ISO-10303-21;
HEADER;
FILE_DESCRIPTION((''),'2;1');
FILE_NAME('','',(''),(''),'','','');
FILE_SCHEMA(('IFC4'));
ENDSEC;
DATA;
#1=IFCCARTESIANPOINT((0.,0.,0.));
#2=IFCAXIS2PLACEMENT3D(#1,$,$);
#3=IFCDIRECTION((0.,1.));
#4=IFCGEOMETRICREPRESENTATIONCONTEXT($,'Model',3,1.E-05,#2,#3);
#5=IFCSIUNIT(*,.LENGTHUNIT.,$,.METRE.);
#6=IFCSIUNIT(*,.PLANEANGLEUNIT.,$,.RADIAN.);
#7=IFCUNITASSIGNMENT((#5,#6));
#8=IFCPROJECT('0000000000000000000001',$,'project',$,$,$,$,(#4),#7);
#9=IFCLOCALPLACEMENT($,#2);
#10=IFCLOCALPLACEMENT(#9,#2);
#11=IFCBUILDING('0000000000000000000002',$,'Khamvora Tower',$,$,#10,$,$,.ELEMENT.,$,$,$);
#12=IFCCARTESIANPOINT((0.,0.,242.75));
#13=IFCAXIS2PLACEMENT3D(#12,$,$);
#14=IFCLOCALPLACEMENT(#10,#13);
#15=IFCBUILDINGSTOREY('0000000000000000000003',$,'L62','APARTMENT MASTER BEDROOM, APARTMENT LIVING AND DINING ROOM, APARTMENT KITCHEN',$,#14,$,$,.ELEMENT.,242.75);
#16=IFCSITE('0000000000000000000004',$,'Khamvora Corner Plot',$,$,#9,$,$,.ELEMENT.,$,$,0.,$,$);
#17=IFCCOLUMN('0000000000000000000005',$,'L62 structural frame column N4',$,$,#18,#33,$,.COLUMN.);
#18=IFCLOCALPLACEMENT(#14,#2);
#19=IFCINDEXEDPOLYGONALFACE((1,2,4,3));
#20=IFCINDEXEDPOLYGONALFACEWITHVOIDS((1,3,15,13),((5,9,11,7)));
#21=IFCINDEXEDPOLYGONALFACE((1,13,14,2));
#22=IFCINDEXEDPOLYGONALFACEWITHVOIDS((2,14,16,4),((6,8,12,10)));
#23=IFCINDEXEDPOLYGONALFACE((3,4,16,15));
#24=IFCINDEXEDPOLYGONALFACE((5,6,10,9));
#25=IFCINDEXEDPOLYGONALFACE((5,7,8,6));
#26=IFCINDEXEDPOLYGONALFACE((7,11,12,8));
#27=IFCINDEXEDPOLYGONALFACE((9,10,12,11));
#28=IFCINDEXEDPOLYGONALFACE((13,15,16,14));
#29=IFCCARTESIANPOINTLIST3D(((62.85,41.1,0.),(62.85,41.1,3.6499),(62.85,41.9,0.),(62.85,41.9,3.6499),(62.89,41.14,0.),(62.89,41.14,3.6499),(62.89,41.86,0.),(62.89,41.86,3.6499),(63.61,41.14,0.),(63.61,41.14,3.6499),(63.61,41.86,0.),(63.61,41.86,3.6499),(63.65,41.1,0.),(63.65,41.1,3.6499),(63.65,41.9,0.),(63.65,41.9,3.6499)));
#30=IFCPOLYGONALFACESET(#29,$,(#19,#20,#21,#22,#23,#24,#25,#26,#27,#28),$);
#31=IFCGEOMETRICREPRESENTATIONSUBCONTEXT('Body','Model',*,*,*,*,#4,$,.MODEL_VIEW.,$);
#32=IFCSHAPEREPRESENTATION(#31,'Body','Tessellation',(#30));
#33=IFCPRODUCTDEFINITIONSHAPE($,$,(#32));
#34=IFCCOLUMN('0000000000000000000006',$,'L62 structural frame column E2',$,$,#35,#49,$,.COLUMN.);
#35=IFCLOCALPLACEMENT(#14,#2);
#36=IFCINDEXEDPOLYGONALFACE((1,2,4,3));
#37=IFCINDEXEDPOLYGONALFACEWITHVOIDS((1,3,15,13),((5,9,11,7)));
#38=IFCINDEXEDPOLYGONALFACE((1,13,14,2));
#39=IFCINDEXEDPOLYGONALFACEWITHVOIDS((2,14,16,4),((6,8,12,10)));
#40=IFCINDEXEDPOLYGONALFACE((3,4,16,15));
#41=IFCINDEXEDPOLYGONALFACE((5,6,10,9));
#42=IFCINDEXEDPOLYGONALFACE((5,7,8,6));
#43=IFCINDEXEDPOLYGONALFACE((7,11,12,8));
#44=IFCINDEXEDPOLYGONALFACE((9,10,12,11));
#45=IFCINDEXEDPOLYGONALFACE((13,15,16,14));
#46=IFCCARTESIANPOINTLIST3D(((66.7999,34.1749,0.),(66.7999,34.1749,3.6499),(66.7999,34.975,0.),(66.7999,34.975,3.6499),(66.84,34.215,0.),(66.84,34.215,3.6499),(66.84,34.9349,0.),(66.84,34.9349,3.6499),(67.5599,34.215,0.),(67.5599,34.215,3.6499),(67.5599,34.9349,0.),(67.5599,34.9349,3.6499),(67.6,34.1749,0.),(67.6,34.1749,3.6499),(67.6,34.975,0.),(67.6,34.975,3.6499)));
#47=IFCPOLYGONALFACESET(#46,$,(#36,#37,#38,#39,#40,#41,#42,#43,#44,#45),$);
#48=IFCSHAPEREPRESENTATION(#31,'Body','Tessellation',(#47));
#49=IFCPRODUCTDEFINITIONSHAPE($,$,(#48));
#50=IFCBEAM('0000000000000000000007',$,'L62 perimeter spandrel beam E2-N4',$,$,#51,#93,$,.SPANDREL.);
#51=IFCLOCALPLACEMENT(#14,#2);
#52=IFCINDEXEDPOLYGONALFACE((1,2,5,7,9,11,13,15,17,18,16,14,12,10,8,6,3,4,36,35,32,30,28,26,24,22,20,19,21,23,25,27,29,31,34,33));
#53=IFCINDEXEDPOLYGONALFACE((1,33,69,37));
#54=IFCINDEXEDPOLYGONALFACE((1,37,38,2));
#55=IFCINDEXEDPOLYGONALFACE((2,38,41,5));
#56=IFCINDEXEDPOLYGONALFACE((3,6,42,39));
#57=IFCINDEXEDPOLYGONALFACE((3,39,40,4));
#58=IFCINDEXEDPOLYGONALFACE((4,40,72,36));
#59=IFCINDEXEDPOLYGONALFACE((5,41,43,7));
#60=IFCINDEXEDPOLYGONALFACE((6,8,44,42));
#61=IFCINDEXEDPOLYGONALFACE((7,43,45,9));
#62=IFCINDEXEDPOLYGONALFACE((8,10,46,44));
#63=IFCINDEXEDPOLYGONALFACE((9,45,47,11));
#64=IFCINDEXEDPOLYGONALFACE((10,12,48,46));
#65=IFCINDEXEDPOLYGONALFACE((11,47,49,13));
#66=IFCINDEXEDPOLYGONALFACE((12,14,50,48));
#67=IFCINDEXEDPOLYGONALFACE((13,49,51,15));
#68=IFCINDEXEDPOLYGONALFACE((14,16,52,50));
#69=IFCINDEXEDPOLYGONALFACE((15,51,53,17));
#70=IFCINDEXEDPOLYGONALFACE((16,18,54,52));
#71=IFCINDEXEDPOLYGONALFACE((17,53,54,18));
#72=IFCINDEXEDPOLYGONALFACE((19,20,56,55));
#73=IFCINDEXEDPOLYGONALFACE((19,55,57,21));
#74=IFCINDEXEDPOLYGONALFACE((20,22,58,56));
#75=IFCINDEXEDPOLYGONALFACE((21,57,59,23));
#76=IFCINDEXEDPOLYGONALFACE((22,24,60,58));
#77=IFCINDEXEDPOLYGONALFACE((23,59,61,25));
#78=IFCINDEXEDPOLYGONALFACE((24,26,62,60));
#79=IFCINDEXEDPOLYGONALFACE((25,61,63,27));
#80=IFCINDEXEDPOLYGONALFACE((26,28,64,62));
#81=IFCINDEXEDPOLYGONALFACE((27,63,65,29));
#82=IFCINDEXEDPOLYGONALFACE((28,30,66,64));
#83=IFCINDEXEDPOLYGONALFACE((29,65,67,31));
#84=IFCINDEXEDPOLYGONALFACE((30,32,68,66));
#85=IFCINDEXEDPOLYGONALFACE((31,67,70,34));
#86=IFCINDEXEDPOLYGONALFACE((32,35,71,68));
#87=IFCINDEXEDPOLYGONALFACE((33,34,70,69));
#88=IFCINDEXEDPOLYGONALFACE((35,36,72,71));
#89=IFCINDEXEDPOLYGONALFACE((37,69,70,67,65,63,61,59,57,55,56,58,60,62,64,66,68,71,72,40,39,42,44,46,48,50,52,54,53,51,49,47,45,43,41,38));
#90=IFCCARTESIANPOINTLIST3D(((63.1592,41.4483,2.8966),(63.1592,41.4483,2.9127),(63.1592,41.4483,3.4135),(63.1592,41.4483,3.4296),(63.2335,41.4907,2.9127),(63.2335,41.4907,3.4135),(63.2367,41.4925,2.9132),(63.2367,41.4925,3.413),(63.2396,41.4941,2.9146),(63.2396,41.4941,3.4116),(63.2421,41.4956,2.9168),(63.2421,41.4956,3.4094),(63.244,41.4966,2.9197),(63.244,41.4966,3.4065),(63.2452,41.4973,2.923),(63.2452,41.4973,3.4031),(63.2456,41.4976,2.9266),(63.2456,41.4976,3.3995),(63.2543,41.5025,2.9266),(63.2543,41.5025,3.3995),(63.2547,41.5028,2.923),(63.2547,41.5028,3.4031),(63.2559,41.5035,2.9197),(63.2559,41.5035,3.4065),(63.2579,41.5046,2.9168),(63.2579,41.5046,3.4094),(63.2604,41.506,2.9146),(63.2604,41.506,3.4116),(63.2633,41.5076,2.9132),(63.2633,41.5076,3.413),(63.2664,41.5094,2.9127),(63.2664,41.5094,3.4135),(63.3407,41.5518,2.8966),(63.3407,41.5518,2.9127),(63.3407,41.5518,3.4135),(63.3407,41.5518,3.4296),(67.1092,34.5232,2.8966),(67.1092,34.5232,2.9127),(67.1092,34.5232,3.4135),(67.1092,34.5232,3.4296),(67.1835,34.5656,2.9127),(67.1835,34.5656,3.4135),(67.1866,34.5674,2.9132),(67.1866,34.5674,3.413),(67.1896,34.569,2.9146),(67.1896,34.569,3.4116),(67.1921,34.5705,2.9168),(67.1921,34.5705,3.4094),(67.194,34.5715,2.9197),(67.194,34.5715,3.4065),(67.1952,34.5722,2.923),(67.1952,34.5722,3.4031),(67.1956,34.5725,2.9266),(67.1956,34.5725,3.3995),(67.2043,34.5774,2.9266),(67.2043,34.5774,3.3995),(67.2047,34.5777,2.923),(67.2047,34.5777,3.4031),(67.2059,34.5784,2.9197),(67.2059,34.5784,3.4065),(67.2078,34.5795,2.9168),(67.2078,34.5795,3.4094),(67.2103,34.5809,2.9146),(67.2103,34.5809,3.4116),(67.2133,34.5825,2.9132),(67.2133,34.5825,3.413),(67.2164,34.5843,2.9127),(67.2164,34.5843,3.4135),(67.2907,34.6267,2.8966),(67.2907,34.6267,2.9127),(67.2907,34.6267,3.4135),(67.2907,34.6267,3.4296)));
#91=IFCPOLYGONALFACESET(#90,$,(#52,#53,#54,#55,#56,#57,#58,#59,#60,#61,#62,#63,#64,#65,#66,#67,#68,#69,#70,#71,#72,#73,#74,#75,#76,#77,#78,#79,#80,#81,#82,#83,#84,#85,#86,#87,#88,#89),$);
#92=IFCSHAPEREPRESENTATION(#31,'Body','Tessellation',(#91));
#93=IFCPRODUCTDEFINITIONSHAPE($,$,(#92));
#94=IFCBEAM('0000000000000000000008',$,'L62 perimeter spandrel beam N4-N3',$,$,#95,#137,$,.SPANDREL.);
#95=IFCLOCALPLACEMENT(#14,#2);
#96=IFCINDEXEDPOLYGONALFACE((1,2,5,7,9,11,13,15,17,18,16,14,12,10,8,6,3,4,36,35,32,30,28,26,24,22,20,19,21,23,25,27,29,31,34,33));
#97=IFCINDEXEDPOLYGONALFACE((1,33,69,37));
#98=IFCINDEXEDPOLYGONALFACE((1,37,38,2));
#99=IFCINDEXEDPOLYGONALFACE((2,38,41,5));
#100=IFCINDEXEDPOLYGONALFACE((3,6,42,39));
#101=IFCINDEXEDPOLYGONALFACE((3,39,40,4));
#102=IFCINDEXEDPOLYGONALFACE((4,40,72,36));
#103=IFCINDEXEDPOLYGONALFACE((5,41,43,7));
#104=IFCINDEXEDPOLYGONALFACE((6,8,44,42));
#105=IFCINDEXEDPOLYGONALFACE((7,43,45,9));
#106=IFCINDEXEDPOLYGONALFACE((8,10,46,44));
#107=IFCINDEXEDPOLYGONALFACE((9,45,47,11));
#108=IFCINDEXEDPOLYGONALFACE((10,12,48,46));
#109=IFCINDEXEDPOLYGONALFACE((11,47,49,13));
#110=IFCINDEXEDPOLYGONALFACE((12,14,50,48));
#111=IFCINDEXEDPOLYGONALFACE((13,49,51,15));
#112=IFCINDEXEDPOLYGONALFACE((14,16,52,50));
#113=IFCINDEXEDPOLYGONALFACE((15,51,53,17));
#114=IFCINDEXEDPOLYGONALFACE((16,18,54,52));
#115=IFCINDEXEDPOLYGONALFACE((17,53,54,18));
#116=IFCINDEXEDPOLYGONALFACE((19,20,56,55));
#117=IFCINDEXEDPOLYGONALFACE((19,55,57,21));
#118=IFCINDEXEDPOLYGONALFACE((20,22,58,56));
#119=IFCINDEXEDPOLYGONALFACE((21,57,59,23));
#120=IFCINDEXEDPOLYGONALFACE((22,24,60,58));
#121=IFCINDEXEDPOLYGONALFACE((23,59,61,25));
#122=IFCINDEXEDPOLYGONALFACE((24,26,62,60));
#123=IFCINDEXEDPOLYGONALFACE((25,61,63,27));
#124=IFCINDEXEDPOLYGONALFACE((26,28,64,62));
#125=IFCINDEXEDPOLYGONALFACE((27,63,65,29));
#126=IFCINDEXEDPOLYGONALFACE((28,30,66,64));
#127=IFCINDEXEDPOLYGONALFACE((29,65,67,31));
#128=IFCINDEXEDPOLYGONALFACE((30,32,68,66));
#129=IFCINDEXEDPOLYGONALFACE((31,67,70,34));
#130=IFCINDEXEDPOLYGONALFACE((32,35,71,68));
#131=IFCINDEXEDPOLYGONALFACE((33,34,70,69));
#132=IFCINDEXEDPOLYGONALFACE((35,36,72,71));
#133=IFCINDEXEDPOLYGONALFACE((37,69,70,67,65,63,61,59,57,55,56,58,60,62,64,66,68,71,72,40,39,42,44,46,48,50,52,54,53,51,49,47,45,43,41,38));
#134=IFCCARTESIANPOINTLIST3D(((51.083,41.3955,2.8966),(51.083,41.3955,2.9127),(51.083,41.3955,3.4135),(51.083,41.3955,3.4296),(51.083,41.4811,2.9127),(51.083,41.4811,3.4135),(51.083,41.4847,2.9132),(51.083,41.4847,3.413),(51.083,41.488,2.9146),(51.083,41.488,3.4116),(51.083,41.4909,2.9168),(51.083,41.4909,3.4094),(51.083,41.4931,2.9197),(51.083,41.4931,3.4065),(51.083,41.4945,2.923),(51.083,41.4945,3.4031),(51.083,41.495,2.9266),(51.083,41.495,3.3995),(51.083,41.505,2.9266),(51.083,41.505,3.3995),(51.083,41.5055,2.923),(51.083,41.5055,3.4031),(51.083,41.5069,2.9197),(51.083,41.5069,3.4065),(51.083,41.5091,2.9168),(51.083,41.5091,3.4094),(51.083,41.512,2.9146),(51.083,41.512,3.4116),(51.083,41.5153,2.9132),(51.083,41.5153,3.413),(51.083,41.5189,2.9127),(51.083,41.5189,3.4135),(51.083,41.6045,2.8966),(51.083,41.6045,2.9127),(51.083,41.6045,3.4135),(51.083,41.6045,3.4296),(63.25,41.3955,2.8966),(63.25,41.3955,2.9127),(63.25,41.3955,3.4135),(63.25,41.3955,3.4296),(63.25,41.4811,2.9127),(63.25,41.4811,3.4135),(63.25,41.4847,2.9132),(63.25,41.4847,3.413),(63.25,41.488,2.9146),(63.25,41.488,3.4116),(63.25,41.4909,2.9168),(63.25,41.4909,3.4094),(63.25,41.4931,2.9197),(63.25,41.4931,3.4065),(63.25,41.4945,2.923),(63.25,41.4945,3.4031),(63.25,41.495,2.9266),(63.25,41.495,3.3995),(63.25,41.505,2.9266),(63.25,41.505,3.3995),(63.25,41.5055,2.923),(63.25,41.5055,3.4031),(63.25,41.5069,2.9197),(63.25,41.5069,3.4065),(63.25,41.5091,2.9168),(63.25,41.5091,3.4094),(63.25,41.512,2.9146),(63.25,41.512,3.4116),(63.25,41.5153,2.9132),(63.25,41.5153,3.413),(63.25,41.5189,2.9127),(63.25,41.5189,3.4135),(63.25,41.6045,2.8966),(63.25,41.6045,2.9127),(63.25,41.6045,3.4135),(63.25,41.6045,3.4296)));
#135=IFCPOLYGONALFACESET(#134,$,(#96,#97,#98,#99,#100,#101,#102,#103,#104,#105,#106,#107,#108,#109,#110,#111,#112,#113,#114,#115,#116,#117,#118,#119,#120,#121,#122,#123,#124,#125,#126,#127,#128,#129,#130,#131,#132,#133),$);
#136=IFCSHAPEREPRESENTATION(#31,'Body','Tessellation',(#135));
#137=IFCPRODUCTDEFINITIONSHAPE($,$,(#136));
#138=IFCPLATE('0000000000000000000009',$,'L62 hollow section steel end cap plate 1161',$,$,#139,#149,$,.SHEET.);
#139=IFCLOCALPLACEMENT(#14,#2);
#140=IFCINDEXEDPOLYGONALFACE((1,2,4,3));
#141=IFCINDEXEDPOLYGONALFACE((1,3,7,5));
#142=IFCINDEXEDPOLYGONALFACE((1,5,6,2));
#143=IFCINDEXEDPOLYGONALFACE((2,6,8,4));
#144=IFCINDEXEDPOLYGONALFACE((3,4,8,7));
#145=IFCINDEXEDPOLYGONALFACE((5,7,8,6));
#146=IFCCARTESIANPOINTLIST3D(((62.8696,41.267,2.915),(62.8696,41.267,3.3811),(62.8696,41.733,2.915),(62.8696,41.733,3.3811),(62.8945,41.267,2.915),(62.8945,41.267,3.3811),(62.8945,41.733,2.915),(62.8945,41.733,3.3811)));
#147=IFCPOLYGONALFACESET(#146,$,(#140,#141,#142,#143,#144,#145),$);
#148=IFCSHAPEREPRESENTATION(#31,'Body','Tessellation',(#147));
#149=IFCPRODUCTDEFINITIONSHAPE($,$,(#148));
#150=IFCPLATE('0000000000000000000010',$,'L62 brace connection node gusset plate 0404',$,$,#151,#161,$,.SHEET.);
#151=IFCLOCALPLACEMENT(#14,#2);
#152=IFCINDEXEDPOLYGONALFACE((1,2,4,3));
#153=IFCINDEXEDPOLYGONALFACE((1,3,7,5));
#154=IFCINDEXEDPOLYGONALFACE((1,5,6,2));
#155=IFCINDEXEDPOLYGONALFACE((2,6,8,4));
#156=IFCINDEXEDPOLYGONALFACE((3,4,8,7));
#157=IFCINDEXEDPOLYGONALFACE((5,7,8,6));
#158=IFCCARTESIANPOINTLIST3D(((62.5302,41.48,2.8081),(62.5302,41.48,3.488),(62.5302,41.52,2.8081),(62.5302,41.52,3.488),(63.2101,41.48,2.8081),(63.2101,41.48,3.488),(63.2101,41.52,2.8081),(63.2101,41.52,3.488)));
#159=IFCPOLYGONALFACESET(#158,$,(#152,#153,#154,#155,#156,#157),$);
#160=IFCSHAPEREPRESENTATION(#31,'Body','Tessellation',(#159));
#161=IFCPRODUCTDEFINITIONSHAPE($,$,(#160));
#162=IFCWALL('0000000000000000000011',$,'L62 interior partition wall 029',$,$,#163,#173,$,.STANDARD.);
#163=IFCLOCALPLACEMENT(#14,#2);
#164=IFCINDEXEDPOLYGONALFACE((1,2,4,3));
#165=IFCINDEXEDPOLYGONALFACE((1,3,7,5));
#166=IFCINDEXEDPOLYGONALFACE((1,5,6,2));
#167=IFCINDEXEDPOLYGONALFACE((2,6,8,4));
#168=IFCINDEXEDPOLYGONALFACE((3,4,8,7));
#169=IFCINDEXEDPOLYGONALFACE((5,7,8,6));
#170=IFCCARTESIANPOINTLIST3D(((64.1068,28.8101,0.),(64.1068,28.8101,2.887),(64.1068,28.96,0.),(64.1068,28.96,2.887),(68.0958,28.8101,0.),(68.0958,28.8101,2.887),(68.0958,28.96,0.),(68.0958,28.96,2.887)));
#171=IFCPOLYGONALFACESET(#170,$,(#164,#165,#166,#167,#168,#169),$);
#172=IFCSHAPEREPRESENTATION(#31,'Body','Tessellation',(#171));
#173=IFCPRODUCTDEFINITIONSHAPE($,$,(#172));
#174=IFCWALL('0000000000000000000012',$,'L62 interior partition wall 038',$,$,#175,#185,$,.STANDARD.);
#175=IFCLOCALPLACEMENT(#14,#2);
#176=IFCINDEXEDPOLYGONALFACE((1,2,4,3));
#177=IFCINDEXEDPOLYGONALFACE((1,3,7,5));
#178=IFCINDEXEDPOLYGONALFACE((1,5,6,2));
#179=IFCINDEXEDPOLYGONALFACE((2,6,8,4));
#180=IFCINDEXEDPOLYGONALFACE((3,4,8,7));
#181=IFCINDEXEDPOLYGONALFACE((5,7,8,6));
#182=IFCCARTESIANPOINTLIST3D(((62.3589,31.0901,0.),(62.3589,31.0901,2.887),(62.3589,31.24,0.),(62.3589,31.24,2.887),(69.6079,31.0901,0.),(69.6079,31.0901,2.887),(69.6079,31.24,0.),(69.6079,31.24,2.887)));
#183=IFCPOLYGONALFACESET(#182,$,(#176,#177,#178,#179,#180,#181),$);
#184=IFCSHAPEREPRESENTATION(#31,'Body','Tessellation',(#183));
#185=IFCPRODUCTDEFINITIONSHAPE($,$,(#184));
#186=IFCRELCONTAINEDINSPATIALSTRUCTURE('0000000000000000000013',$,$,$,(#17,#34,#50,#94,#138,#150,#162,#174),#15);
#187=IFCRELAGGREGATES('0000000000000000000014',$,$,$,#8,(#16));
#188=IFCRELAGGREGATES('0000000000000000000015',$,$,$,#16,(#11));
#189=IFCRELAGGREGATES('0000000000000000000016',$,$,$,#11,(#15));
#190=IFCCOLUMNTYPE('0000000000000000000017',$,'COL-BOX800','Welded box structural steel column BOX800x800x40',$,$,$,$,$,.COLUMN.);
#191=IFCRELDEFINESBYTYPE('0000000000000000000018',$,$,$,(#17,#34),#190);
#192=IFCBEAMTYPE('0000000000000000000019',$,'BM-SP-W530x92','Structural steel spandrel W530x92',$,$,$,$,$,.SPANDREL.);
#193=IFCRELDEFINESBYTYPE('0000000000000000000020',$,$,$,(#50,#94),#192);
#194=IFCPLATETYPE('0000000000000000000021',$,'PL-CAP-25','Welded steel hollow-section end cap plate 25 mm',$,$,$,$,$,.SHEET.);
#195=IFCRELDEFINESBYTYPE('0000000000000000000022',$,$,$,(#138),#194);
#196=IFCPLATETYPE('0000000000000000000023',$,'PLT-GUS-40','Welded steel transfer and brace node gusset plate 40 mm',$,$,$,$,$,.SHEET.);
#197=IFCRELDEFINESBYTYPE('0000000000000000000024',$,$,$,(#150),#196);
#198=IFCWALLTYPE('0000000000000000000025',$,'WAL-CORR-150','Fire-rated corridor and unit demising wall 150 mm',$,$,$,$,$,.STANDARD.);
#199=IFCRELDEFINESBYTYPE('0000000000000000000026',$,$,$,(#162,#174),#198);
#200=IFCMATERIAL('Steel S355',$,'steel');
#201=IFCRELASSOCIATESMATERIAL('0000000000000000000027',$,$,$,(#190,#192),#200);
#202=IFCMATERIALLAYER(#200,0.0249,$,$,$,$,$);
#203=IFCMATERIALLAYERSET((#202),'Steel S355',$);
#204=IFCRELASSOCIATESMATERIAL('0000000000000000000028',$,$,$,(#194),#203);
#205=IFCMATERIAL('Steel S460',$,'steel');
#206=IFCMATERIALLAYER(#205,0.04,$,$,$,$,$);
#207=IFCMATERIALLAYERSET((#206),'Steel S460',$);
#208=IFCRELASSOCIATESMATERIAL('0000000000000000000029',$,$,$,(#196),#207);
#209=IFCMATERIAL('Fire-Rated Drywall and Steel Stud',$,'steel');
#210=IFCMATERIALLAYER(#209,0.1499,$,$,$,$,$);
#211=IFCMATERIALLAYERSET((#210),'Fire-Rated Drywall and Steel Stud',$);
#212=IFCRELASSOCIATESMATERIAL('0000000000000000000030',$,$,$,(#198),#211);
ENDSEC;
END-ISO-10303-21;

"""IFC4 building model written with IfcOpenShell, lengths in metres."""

from ifc_helpers import new_model, si_unit, direction, frame, frame_2d, origin, origin_2d, place, context, subcontext, project, spatial, rectangle, hollow_rectangle, i_section, extrude, material, layer, layer_set, material_profile, profile_set, type_object, element, save


model = new_model("IFC4")

# Units and contexts
model_context = context("Model", 3, precision=1e-05, world=origin(), true_north=direction((0.0, 1.0)))
body_context = subcontext(model_context, "Body", "Model", "MODEL_VIEW")
ifc_project = project(units=[si_unit("LENGTHUNIT", "METRE"), si_unit("PLANEANGLEUNIT", "RADIAN")], contexts=[model_context])

# Site, building, storey
site_placement = place(None, origin())
site = spatial("IfcSite", under=ifc_project, at=site_placement, Name="Khamvora Corner Plot", CompositionType="ELEMENT", RefElevation=0.0)
building_placement = place(site_placement, origin())
building = spatial("IfcBuilding", under=site, at=building_placement, Name="Khamvora Tower", CompositionType="ELEMENT")
storey_placement = place(building_placement, frame((0.0, 0.0, 242.75)))
storey = spatial("IfcBuildingStorey", under=building, at=storey_placement, Name="L62", Description="APARTMENT MASTER BEDROOM, APARTMENT LIVING AND DINING ROOM, APARTMENT KITCHEN", CompositionType="ELEMENT", Elevation=242.75)

# Columns
ifc_material_1 = material(Name="Steel S355", Category="steel")
ifc_material_profile_1 = material_profile(ifc_material_1, hollow_rectangle(XDim=0.8, YDim=0.8, WallThickness=0.04, at=origin_2d()), Name="BOX800x800x40")
ifc_profile_set_1 = profile_set([ifc_material_profile_1], Name="Steel S355")
column_type = type_object("IfcColumnType", Name="COL-BOX800", Description="Welded box structural steel column BOX800x800x40", PredefinedType="COLUMN", material=ifc_profile_set_1)
for number, where, z_axis, x_axis, name in (
    (1, (63.25, 41.5, 0.0), (0.0, 0.0, 1.0), (1.0, 0.0, 0.0), "L62 structural frame column N4"),
    (2, (67.2, 34.575, 0.0), (0.0, 0.0, 1.0), (1.0, 0.0, 0.0), "L62 structural frame column E2"),
):
    element("IfcColumn", number, at=place(storey_placement, frame(where, z_axis=z_axis, x_axis=x_axis)), inside=storey, type_object=column_type, Name=name, PredefinedType="COLUMN", context=body_context, shape_type="SweptSolid", body=[
        extrude(hollow_rectangle(XDim=0.8, YDim=0.8, WallThickness=0.04, at=origin_2d()), origin(), (0.0, 0.0, 1.0), 3.6499),
    ])

# Beams
ifc_material_profile_2 = material_profile(ifc_material_1, i_section(OverallWidth=0.209, OverallDepth=0.533, WebThickness=0.01, FlangeThickness=0.0161, FilletRadius=0.0139, at=origin_2d()), Name="W530x92")
ifc_profile_set_2 = profile_set([ifc_material_profile_2], Name="Steel S355")
beam_type = type_object("IfcBeamType", Name="BM-SP-W530x92", Description="Structural steel spandrel W530x92", PredefinedType="SPANDREL", material=ifc_profile_set_2)
beam_1_placement = place(storey_placement, frame((67.2, 34.575, 3.1631), z_axis=(-0.495456, 0.868633, 0.0), x_axis=(-0.868633, -0.495456, 0.0)))
element("IfcBeam", 3, at=beam_1_placement, inside=storey, type_object=beam_type, Name="L62 perimeter spandrel beam E2-N4", PredefinedType="SPANDREL", context=body_context, shape_type="SweptSolid", body=[
    extrude(i_section(OverallWidth=0.209, OverallDepth=0.533, WebThickness=0.01, FlangeThickness=0.0161, FilletRadius=0.0139, at=origin_2d()), origin(), (0.0, 0.0, 1.0), 7.9724),
])
beam_2_placement = place(storey_placement, frame((63.25, 41.5, 3.1631), z_axis=(-1.0, 0.0, 0.0), x_axis=(0.0, -1.0, 0.0)))
element("IfcBeam", 4, at=beam_2_placement, inside=storey, type_object=beam_type, Name="L62 perimeter spandrel beam N4-N3", PredefinedType="SPANDREL", context=body_context, shape_type="SweptSolid", body=[
    extrude(i_section(OverallWidth=0.209, OverallDepth=0.533, WebThickness=0.01, FlangeThickness=0.0161, FilletRadius=0.0139, at=origin_2d()), origin(), (0.0, 0.0, 1.0), 12.167),
])

# Plates
ifc_layer_1 = layer(ifc_material_1, 0.0249)
ifc_layer_set_1 = layer_set([ifc_layer_1], Name="Steel S355")
plate_type_1 = type_object("IfcPlateType", Name="PL-CAP-25", Description="Welded steel hollow-section end cap plate 25 mm", PredefinedType="SHEET", material=ifc_layer_set_1)
plate_1_placement = place(storey_placement, frame((62.8821, 41.5, 2.915), z_axis=(0.0, 0.0, 1.0), x_axis=(1.0, 0.0, 0.0)))
element("IfcPlate", 5, at=plate_1_placement, inside=storey, type_object=plate_type_1, Name="L62 hollow section steel end cap plate 1161", PredefinedType="SHEET", context=body_context, shape_type="SweptSolid", body=[
    extrude(rectangle(XDim=0.0249, YDim=0.4661, at=origin_2d()), origin(), (0.0, 0.0, 1.0), 0.4661),
])
ifc_material_2 = material(Name="Steel S460", Category="steel")
ifc_layer_2 = layer(ifc_material_2, 0.04)
ifc_layer_set_2 = layer_set([ifc_layer_2], Name="Steel S460")
plate_type_2 = type_object("IfcPlateType", Name="PLT-GUS-40", Description="Welded steel transfer and brace node gusset plate 40 mm", PredefinedType="SHEET", material=ifc_layer_set_2)
plate_2_placement = place(storey_placement, frame((62.8701, 41.5, 2.8081), z_axis=(0.0, 0.0, 1.0), x_axis=(1.0, 0.0, 0.0)))
element("IfcPlate", 6, at=plate_2_placement, inside=storey, type_object=plate_type_2, Name="L62 brace connection node gusset plate 0404", PredefinedType="SHEET", context=body_context, shape_type="SweptSolid", body=[
    extrude(rectangle(XDim=0.6799, YDim=0.04, at=origin_2d()), origin(), (0.0, 0.0, 1.0), 0.6799),
])

# Shared definitions
ifc_material_3 = material(Name="Fire-Rated Drywall and Steel Stud", Category="steel")
ifc_layer_3 = layer(ifc_material_3, 0.1499)
ifc_layer_set_3 = layer_set([ifc_layer_3], Name="Fire-Rated Drywall and Steel Stud")
wall_type_1 = type_object("IfcWallType", Name="WAL-CORR-150", Description="Fire-rated corridor and unit demising wall 150 mm", PredefinedType="STANDARD", material=ifc_layer_set_3)

# Walls
wall_1_placement = place(storey_placement, frame((68.0959, 28.885, 0.0), z_axis=(0.0, 0.0, 1.0), x_axis=(-1.0, 0.0, 0.0)))
element("IfcWall", 7, at=wall_1_placement, inside=storey, type_object=wall_type_1, Name="L62 interior partition wall 029", PredefinedType="STANDARD", context=body_context, shape_type="SweptSolid", body=[
    extrude(rectangle(XDim=3.989, YDim=0.1499, at=frame_2d((1.9946, 0.0))), origin(), (0.0, 0.0, 1.0), 2.887),
])
wall_2_placement = place(storey_placement, frame((62.3589, 31.165, 0.0), z_axis=(0.0, 0.0, 1.0), x_axis=(1.0, 0.0, 0.0)))
element("IfcWall", 8, at=wall_2_placement, inside=storey, type_object=wall_type_1, Name="L62 interior partition wall 038", PredefinedType="STANDARD", context=body_context, shape_type="SweptSolid", body=[
    extrude(rectangle(XDim=7.249, YDim=0.1499, at=frame_2d((3.6245, 0.0))), origin(), (0.0, 0.0, 1.0), 2.887),
])

save(model, "model.ifc")
